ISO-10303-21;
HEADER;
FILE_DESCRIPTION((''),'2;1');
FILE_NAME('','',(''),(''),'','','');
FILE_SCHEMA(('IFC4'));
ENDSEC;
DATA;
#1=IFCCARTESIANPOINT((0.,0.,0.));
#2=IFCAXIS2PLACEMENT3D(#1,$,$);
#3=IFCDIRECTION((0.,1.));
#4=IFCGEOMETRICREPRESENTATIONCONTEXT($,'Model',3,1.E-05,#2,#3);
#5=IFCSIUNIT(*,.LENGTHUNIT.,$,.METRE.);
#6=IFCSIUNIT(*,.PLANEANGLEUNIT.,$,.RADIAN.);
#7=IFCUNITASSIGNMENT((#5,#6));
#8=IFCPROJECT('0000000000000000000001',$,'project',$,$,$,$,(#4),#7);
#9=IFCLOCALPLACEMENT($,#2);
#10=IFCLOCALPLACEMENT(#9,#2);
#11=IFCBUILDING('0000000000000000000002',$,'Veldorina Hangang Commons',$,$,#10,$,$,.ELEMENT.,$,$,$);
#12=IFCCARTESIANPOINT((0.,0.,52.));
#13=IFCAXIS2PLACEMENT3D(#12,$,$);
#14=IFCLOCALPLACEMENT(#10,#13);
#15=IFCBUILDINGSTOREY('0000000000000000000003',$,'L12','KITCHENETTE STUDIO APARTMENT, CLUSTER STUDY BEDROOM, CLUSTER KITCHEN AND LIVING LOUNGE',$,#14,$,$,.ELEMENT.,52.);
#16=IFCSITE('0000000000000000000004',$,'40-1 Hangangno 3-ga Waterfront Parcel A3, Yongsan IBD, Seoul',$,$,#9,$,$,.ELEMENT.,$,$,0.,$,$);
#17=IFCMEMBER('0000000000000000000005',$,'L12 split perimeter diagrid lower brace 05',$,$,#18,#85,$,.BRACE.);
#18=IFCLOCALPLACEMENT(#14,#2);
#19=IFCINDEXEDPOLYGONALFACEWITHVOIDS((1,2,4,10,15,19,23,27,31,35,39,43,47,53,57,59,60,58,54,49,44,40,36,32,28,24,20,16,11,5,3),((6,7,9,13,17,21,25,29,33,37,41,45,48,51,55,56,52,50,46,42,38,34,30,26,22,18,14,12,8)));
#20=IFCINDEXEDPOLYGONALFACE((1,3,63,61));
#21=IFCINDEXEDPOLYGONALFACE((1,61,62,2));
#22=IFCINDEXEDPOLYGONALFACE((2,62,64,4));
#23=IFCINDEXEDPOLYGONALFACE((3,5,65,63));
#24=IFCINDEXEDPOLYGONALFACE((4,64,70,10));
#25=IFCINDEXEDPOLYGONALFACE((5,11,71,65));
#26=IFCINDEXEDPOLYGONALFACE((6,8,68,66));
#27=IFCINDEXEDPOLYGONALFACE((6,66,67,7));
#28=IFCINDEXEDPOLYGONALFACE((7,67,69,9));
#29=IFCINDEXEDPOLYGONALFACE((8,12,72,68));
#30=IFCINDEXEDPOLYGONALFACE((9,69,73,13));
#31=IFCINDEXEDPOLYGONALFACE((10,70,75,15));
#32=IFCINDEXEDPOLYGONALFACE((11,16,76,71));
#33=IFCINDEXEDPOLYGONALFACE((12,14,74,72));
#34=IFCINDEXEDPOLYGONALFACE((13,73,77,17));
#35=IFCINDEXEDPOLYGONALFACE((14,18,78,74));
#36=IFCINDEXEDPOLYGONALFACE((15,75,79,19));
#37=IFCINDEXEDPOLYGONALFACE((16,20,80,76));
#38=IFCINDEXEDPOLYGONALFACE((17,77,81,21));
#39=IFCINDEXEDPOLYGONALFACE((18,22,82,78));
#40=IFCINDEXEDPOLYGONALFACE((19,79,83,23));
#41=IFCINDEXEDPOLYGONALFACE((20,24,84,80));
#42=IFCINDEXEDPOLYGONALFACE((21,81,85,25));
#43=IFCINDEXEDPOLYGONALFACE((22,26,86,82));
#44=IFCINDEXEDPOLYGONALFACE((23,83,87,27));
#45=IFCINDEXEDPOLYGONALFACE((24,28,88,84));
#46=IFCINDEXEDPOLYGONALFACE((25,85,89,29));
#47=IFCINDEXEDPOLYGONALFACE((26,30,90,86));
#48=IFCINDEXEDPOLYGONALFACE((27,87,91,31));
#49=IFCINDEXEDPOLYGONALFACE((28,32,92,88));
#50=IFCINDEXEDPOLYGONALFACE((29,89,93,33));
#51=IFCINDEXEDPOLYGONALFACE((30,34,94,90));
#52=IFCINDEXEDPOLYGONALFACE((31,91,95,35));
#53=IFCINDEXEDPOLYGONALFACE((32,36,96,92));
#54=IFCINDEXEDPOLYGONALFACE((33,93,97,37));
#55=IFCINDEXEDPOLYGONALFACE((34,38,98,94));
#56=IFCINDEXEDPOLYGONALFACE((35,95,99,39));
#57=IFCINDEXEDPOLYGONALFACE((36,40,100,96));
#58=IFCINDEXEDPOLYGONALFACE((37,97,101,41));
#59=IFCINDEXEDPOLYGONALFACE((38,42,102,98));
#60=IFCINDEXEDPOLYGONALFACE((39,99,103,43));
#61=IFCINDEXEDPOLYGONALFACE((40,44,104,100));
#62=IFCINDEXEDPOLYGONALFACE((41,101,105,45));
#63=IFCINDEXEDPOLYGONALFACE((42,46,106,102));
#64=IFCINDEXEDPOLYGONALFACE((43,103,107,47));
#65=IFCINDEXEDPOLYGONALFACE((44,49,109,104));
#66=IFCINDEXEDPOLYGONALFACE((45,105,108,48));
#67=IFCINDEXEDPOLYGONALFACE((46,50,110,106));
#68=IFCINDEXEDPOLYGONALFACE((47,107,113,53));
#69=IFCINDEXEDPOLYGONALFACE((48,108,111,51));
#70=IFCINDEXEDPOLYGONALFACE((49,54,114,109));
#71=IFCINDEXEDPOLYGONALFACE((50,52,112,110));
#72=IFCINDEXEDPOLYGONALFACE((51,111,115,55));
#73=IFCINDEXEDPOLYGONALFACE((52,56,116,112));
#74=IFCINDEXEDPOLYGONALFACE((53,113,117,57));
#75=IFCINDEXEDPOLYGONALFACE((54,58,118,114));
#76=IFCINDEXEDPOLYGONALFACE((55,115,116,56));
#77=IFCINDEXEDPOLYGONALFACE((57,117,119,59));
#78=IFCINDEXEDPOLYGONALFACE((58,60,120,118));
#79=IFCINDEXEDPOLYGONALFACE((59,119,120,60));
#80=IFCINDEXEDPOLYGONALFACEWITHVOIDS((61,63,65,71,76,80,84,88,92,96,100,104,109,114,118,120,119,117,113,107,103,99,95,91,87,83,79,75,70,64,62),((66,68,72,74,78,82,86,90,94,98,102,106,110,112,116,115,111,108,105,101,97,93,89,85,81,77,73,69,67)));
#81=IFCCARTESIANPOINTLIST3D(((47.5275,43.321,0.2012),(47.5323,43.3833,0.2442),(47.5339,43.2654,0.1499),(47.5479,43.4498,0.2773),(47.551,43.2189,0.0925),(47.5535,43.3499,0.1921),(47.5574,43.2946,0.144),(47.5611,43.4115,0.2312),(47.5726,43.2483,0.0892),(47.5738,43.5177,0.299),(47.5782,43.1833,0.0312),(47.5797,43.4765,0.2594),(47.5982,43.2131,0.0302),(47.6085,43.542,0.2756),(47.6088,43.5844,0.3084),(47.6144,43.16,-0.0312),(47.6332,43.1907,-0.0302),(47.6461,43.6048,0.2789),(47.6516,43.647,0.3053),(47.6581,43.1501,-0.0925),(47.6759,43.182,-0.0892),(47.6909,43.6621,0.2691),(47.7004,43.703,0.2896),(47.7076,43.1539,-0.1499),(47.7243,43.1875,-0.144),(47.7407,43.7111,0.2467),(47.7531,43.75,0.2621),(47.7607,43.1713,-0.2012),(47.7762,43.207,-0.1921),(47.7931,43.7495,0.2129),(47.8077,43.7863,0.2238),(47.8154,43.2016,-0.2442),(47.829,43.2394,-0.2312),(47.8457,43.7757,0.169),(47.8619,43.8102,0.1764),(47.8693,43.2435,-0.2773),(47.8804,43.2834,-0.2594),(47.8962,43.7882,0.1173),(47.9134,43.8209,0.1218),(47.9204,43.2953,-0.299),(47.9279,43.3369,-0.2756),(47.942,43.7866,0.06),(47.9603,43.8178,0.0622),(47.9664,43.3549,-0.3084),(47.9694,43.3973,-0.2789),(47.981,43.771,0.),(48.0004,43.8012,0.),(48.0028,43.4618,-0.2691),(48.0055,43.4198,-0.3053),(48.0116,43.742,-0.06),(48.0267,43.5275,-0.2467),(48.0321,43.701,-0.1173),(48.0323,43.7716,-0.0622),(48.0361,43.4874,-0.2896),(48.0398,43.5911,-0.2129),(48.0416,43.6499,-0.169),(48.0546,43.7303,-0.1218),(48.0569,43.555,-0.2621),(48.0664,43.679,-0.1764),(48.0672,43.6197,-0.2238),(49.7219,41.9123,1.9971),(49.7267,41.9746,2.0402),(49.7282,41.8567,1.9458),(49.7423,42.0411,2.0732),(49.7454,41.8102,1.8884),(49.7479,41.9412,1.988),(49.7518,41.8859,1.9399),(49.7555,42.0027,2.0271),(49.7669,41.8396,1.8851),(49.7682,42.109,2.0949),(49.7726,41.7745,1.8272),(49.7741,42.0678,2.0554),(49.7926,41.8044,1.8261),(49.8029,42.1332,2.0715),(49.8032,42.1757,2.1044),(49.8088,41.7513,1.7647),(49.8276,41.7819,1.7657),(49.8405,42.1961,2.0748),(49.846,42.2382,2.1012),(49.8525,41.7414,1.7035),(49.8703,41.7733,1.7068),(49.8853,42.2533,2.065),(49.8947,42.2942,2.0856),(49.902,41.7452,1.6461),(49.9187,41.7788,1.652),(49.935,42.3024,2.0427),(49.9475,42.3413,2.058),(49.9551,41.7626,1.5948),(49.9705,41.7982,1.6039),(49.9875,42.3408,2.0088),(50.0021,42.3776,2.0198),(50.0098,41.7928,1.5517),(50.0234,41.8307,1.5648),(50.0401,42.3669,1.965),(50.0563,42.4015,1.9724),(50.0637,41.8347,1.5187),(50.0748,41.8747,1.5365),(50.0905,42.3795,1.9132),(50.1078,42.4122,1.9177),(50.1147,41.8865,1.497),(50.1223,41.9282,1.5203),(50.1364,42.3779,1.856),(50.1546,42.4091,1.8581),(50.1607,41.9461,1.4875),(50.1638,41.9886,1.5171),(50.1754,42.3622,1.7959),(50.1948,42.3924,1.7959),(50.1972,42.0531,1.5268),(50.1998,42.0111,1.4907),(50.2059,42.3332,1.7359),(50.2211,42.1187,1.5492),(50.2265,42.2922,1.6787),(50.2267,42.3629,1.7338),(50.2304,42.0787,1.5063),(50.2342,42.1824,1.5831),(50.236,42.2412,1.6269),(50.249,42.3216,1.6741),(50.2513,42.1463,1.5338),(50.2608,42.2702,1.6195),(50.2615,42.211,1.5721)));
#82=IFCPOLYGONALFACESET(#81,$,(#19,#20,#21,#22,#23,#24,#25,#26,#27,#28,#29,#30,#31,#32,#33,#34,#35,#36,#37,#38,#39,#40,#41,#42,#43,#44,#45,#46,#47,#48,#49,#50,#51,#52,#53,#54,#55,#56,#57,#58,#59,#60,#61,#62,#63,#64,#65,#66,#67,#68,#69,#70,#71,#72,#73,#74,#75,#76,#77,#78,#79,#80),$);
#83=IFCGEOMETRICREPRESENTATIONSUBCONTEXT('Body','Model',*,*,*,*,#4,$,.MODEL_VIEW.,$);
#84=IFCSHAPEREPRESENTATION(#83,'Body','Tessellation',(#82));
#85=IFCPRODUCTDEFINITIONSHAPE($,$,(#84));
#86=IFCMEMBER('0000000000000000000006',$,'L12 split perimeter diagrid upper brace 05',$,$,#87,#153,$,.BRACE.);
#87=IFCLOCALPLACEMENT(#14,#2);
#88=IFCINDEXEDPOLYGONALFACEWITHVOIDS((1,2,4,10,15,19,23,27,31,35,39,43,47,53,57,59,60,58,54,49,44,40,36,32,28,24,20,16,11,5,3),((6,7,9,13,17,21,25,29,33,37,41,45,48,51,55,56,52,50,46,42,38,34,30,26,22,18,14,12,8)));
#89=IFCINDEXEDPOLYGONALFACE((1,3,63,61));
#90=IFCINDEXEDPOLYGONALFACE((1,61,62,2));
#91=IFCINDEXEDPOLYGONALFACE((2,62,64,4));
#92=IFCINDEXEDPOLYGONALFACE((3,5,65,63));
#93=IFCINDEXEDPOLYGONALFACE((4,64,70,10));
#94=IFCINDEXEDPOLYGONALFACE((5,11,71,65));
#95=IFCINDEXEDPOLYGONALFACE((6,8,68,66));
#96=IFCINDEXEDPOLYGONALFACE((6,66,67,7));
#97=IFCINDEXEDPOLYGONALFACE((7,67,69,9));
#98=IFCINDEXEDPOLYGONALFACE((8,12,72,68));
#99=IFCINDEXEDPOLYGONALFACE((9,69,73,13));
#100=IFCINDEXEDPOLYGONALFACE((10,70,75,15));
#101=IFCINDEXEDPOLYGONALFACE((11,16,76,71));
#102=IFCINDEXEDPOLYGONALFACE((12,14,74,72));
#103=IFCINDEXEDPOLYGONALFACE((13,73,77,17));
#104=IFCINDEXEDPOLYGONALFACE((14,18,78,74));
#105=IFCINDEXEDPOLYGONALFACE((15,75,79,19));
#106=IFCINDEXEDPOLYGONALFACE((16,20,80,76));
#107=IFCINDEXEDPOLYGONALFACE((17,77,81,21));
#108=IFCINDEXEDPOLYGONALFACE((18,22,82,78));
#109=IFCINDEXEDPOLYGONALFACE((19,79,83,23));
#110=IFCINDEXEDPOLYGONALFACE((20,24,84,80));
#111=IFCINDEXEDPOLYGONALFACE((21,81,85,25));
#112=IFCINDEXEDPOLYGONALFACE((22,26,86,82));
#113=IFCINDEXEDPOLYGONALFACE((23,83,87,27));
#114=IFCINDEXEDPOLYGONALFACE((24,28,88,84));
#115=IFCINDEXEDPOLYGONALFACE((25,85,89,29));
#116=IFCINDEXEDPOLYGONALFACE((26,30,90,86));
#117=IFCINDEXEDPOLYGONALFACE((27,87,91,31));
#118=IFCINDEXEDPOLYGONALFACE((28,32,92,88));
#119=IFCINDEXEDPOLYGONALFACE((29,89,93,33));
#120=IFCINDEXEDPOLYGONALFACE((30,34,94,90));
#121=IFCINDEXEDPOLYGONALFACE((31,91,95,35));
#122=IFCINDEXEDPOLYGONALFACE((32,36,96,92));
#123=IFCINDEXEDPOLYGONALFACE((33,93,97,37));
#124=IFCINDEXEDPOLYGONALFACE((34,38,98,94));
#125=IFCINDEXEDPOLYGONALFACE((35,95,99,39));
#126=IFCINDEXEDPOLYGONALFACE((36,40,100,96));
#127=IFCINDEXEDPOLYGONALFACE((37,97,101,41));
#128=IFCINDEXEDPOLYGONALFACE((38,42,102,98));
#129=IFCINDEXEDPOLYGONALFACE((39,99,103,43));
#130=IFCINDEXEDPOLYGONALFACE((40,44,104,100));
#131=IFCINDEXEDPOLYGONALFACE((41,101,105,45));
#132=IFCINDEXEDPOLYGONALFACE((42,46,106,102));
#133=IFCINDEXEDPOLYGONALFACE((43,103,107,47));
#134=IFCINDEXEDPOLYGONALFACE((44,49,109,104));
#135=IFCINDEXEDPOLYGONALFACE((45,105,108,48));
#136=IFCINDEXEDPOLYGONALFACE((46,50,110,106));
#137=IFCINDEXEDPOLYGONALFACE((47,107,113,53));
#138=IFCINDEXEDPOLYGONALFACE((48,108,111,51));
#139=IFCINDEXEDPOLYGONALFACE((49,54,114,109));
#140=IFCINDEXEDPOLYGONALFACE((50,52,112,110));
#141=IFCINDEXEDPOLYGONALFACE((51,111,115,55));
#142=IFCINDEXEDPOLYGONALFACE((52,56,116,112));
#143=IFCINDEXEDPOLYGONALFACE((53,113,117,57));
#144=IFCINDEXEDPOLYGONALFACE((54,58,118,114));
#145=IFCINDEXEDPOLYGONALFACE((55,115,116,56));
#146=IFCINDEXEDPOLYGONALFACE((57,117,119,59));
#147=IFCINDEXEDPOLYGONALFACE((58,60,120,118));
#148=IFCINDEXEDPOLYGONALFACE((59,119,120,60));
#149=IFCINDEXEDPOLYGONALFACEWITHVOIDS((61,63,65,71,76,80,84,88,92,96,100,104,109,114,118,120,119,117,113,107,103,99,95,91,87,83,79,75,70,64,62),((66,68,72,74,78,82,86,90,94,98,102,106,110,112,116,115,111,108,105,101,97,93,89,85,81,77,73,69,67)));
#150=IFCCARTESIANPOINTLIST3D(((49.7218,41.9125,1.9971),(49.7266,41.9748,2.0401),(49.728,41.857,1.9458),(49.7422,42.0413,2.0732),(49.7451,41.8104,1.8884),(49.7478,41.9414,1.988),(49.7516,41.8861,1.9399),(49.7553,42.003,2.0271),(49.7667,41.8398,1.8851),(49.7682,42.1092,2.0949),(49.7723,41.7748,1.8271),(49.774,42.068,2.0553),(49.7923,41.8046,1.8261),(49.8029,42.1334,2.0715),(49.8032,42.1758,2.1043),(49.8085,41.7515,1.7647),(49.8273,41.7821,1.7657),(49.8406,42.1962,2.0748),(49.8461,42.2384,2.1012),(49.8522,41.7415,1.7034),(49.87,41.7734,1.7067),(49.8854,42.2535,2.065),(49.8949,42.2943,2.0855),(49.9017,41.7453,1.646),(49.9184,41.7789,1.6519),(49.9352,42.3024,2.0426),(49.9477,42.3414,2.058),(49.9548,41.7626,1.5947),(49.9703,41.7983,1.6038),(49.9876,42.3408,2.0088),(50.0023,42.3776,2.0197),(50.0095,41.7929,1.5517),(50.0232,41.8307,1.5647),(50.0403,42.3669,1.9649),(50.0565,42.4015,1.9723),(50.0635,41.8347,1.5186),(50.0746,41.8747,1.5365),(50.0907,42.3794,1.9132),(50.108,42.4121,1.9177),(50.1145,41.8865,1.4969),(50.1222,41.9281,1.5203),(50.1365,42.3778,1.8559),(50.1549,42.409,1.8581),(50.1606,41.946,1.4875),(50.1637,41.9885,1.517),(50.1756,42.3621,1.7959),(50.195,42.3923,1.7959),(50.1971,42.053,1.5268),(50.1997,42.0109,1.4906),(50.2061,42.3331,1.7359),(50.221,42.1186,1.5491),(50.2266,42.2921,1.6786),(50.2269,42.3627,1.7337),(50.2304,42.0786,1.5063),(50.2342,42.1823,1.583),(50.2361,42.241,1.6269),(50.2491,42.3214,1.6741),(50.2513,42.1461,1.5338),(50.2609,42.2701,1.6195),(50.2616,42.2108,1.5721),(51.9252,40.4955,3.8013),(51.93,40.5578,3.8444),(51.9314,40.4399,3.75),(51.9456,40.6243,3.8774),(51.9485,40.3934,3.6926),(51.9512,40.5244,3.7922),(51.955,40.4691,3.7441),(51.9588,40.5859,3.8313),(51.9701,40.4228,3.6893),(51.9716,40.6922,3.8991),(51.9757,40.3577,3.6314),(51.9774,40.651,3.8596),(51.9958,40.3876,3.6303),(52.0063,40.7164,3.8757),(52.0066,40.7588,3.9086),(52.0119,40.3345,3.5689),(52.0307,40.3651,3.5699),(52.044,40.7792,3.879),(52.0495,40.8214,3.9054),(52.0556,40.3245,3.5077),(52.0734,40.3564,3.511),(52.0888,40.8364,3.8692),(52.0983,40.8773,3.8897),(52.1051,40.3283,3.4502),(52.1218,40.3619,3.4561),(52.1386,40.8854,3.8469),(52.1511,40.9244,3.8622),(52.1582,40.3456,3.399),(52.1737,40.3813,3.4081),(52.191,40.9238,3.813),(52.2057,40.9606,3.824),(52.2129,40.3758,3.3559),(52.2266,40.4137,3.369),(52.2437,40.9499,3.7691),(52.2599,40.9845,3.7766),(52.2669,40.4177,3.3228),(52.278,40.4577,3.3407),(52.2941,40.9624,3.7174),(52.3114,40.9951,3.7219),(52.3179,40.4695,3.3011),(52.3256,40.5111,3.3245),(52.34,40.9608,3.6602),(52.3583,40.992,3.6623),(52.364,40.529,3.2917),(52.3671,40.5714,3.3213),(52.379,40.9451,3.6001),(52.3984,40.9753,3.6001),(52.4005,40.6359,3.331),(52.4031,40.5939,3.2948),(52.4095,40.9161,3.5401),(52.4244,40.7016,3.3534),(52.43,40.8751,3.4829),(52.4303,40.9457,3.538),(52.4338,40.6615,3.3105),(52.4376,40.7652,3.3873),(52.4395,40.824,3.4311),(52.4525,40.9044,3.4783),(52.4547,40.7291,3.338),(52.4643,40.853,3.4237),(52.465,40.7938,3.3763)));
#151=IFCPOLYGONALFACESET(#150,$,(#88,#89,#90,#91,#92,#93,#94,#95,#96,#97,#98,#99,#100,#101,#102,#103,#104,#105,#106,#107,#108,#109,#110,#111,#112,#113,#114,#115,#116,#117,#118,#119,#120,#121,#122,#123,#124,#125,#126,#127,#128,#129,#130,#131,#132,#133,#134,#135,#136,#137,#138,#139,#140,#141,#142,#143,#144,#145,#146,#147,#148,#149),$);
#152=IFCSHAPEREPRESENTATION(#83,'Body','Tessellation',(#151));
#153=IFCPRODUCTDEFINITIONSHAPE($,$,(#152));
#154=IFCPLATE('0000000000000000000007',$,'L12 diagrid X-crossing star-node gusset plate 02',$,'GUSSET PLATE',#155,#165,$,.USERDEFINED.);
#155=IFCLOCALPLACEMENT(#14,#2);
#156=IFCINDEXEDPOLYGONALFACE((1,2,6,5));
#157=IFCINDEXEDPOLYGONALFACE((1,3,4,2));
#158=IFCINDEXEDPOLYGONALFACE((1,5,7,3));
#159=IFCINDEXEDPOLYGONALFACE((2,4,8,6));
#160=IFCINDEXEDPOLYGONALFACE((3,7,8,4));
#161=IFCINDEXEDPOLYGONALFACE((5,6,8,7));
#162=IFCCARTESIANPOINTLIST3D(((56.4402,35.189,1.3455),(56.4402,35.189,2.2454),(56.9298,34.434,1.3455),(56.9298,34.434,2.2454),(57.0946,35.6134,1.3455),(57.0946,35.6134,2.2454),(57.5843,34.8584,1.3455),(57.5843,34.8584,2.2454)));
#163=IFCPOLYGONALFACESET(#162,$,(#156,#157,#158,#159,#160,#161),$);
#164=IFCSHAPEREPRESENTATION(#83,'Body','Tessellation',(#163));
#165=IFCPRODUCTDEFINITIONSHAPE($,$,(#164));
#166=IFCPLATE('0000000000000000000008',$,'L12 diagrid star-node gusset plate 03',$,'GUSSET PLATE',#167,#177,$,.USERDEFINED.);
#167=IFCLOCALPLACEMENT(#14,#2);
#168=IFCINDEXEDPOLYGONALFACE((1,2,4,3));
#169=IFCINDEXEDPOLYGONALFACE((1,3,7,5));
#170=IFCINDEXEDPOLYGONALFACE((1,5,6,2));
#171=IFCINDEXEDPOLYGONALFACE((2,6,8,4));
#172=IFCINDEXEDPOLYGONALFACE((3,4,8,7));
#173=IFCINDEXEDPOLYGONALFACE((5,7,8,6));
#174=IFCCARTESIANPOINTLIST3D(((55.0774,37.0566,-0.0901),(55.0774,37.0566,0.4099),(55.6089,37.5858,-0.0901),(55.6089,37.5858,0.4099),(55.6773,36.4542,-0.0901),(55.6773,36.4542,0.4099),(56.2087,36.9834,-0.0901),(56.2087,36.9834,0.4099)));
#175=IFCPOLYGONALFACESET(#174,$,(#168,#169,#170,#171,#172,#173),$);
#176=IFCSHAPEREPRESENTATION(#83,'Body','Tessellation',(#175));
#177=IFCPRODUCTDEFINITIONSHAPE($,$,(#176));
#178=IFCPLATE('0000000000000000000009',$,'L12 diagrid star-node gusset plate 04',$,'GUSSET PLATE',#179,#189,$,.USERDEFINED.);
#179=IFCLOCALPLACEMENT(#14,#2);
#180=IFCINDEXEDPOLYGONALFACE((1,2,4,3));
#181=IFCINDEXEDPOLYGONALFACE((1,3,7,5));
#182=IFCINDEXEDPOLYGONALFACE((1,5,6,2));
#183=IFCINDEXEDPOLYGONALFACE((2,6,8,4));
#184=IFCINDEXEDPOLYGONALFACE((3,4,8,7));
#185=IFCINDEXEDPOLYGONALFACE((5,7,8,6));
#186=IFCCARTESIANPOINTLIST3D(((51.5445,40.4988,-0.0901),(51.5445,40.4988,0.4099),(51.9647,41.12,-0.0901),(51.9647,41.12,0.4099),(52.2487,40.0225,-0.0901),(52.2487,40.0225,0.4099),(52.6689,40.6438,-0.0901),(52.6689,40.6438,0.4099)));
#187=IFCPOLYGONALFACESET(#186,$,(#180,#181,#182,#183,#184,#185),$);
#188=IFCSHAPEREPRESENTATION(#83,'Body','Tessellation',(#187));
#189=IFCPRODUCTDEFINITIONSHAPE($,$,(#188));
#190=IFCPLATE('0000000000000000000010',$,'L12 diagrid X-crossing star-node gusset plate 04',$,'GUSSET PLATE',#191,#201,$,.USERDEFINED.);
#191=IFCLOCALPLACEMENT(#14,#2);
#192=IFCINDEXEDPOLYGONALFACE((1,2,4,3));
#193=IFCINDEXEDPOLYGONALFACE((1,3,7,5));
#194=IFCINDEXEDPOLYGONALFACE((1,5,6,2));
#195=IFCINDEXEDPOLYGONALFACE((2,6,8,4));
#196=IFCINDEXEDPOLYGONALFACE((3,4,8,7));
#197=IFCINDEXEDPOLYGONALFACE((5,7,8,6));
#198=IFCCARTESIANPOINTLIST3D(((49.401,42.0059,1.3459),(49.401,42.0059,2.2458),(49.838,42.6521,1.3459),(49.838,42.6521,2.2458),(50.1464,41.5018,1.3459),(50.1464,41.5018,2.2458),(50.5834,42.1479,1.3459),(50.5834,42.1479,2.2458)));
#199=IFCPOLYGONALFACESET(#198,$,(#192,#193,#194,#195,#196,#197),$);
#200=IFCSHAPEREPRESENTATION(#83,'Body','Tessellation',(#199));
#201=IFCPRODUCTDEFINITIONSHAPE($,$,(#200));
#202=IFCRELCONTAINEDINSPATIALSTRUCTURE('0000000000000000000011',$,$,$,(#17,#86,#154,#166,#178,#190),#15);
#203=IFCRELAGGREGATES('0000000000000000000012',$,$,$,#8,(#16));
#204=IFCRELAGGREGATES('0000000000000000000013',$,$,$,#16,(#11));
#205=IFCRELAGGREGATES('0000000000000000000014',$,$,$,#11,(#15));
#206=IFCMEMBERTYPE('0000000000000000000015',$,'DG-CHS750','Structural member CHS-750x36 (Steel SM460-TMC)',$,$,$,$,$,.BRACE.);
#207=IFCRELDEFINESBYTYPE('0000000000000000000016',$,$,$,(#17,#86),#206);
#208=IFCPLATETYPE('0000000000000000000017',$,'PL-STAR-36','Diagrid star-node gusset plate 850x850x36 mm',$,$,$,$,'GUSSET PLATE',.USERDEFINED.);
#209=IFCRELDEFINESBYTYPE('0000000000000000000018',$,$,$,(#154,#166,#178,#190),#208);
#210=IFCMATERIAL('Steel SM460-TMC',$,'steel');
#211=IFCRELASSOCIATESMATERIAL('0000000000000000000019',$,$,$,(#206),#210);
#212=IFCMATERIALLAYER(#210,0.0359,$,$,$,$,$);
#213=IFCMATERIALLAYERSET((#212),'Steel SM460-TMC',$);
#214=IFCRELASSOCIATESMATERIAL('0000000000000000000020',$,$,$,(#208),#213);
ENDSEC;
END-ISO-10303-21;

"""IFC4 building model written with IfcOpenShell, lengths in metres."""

from ifc_helpers import new_model, si_unit, direction, frame, origin, origin_2d, place, context, subcontext, project, spatial, rectangle, hollow_circle, extrude, material, layer, layer_set, material_profile, profile_set, type_object, element, save


model = new_model("IFC4")

# Units and contexts
model_context = context("Model", 3, precision=1e-05, world=origin(), true_north=direction((0.0, 1.0)))
body_context = subcontext(model_context, "Body", "Model", "MODEL_VIEW")
ifc_project = project(units=[si_unit("LENGTHUNIT", "METRE"), si_unit("PLANEANGLEUNIT", "RADIAN")], contexts=[model_context])

# Site, building, storey
site_placement = place(None, origin())
site = spatial("IfcSite", under=ifc_project, at=site_placement, Name="40-1 Hangangno 3-ga Waterfront Parcel A3, Yongsan IBD, Seoul", CompositionType="ELEMENT", RefElevation=0.0)
building_placement = place(site_placement, origin())
building = spatial("IfcBuilding", under=site, at=building_placement, Name="Veldorina Hangang Commons", CompositionType="ELEMENT")
storey_placement = place(building_placement, frame((0.0, 0.0, 52.0)))
storey = spatial("IfcBuildingStorey", under=building, at=storey_placement, Name="L12", Description="KITCHENETTE STUDIO APARTMENT, CLUSTER STUDY BEDROOM, CLUSTER KITCHEN AND LIVING LOUNGE", CompositionType="ELEMENT", Elevation=52.0)

# Shared definitions
ifc_material_1 = material(Name="Steel SM460-TMC", Category="steel")

# Members
ifc_material_profile_1 = material_profile(ifc_material_1, hollow_circle(Radius=0.375, WallThickness=0.0359, at=origin_2d()), Name="CHS-750x36")
ifc_profile_set_1 = profile_set([ifc_material_profile_1], Name="Steel SM460-TMC")
member_type = type_object("IfcMemberType", Name="DG-CHS750", Description="Structural member CHS-750x36 (Steel SM460-TMC)", PredefinedType="BRACE", material=ifc_profile_set_1)
member_1_placement = place(storey_placement, frame((47.7979, 43.4856, 0.0), z_axis=(0.693052, -0.444917, 0.567211), x_axis=(0.540227, 0.841519, 0.0)))
element("IfcMember", 1, at=member_1_placement, inside=storey, type_object=member_type, Name="L12 split perimeter diagrid lower brace 05", PredefinedType="BRACE", context=body_context, shape_type="SweptSolid", body=[
    extrude(hollow_circle(Radius=0.375, WallThickness=0.0359, at=origin_2d()), origin(), (0.0, 0.0, 1.0), 3.1663),
])
member_2_placement = place(storey_placement, frame((49.9922, 42.0769, 1.7959), z_axis=(0.692697, -0.445475, 0.567206), x_axis=(0.540904, 0.841085, 0.0)))
element("IfcMember", 2, at=member_2_placement, inside=storey, type_object=member_type, Name="L12 split perimeter diagrid upper brace 05", PredefinedType="BRACE", context=body_context, shape_type="SweptSolid", body=[
    extrude(hollow_circle(Radius=0.375, WallThickness=0.0359, at=origin_2d()), origin(), (0.0, 0.0, 1.0), 3.1809),
])

# Plates
ifc_layer_1 = layer(ifc_material_1, 0.0359)
ifc_layer_set_1 = layer_set([ifc_layer_1], Name="Steel SM460-TMC")
plate_type = type_object("IfcPlateType", Name="PL-STAR-36", Description="Diagrid star-node gusset plate 850x850x36 mm", ElementType="GUSSET PLATE", PredefinedType="USERDEFINED", material=ifc_layer_set_1)
plate_1_placement = place(storey_placement, frame((57.0122, 35.0237, 1.3455), z_axis=(0.0, 0.0, 1.0), x_axis=(-0.544141, 0.838994, 0.0)))
element("IfcPlate", 3, at=plate_1_placement, inside=storey, type_object=plate_type, Name="L12 diagrid X-crossing star-node gusset plate 02", ObjectType="GUSSET PLATE", PredefinedType="USERDEFINED", context=body_context, shape_type="SweptSolid", body=[
    extrude(rectangle(XDim=0.8999, YDim=0.78, at=origin_2d()), origin(), (0.0, 0.0, 1.0), 0.8999),
])
for number, where, z_axis, x_axis, name in (
    (4, (55.6431, 37.02, -0.0901), (0.0, 0.0, 1.0), (-0.705612, 0.708599, 0.0), "L12 diagrid star-node gusset plate 03"),
    (5, (52.1067, 40.5713, -0.0901), (0.0, 0.0, 1.0), (-0.828315, 0.560263, 0.0), "L12 diagrid star-node gusset plate 04"),
):
    element("IfcPlate", number, at=place(storey_placement, frame(where, z_axis=z_axis, x_axis=x_axis)), inside=storey, type_object=plate_type, Name=name, ObjectType="GUSSET PLATE", PredefinedType="USERDEFINED", context=body_context, shape_type="SweptSolid", body=[
        extrude(rectangle(XDim=0.8501, YDim=0.75, at=origin_2d()), origin(), (0.0, 0.0, 1.0), 0.5),
    ])
plate_2_placement = place(storey_placement, frame((49.9922, 42.0769, 1.3459), z_axis=(0.0, 0.0, 1.0), x_axis=(-0.828315, 0.560263, 0.0)))
element("IfcPlate", 6, at=plate_2_placement, inside=storey, type_object=plate_type, Name="L12 diagrid X-crossing star-node gusset plate 04", ObjectType="GUSSET PLATE", PredefinedType="USERDEFINED", context=body_context, shape_type="SweptSolid", body=[
    extrude(rectangle(XDim=0.8999, YDim=0.78, at=origin_2d()), origin(), (0.0, 0.0, 1.0), 0.8999),
])

save(model, "model.ifc")
